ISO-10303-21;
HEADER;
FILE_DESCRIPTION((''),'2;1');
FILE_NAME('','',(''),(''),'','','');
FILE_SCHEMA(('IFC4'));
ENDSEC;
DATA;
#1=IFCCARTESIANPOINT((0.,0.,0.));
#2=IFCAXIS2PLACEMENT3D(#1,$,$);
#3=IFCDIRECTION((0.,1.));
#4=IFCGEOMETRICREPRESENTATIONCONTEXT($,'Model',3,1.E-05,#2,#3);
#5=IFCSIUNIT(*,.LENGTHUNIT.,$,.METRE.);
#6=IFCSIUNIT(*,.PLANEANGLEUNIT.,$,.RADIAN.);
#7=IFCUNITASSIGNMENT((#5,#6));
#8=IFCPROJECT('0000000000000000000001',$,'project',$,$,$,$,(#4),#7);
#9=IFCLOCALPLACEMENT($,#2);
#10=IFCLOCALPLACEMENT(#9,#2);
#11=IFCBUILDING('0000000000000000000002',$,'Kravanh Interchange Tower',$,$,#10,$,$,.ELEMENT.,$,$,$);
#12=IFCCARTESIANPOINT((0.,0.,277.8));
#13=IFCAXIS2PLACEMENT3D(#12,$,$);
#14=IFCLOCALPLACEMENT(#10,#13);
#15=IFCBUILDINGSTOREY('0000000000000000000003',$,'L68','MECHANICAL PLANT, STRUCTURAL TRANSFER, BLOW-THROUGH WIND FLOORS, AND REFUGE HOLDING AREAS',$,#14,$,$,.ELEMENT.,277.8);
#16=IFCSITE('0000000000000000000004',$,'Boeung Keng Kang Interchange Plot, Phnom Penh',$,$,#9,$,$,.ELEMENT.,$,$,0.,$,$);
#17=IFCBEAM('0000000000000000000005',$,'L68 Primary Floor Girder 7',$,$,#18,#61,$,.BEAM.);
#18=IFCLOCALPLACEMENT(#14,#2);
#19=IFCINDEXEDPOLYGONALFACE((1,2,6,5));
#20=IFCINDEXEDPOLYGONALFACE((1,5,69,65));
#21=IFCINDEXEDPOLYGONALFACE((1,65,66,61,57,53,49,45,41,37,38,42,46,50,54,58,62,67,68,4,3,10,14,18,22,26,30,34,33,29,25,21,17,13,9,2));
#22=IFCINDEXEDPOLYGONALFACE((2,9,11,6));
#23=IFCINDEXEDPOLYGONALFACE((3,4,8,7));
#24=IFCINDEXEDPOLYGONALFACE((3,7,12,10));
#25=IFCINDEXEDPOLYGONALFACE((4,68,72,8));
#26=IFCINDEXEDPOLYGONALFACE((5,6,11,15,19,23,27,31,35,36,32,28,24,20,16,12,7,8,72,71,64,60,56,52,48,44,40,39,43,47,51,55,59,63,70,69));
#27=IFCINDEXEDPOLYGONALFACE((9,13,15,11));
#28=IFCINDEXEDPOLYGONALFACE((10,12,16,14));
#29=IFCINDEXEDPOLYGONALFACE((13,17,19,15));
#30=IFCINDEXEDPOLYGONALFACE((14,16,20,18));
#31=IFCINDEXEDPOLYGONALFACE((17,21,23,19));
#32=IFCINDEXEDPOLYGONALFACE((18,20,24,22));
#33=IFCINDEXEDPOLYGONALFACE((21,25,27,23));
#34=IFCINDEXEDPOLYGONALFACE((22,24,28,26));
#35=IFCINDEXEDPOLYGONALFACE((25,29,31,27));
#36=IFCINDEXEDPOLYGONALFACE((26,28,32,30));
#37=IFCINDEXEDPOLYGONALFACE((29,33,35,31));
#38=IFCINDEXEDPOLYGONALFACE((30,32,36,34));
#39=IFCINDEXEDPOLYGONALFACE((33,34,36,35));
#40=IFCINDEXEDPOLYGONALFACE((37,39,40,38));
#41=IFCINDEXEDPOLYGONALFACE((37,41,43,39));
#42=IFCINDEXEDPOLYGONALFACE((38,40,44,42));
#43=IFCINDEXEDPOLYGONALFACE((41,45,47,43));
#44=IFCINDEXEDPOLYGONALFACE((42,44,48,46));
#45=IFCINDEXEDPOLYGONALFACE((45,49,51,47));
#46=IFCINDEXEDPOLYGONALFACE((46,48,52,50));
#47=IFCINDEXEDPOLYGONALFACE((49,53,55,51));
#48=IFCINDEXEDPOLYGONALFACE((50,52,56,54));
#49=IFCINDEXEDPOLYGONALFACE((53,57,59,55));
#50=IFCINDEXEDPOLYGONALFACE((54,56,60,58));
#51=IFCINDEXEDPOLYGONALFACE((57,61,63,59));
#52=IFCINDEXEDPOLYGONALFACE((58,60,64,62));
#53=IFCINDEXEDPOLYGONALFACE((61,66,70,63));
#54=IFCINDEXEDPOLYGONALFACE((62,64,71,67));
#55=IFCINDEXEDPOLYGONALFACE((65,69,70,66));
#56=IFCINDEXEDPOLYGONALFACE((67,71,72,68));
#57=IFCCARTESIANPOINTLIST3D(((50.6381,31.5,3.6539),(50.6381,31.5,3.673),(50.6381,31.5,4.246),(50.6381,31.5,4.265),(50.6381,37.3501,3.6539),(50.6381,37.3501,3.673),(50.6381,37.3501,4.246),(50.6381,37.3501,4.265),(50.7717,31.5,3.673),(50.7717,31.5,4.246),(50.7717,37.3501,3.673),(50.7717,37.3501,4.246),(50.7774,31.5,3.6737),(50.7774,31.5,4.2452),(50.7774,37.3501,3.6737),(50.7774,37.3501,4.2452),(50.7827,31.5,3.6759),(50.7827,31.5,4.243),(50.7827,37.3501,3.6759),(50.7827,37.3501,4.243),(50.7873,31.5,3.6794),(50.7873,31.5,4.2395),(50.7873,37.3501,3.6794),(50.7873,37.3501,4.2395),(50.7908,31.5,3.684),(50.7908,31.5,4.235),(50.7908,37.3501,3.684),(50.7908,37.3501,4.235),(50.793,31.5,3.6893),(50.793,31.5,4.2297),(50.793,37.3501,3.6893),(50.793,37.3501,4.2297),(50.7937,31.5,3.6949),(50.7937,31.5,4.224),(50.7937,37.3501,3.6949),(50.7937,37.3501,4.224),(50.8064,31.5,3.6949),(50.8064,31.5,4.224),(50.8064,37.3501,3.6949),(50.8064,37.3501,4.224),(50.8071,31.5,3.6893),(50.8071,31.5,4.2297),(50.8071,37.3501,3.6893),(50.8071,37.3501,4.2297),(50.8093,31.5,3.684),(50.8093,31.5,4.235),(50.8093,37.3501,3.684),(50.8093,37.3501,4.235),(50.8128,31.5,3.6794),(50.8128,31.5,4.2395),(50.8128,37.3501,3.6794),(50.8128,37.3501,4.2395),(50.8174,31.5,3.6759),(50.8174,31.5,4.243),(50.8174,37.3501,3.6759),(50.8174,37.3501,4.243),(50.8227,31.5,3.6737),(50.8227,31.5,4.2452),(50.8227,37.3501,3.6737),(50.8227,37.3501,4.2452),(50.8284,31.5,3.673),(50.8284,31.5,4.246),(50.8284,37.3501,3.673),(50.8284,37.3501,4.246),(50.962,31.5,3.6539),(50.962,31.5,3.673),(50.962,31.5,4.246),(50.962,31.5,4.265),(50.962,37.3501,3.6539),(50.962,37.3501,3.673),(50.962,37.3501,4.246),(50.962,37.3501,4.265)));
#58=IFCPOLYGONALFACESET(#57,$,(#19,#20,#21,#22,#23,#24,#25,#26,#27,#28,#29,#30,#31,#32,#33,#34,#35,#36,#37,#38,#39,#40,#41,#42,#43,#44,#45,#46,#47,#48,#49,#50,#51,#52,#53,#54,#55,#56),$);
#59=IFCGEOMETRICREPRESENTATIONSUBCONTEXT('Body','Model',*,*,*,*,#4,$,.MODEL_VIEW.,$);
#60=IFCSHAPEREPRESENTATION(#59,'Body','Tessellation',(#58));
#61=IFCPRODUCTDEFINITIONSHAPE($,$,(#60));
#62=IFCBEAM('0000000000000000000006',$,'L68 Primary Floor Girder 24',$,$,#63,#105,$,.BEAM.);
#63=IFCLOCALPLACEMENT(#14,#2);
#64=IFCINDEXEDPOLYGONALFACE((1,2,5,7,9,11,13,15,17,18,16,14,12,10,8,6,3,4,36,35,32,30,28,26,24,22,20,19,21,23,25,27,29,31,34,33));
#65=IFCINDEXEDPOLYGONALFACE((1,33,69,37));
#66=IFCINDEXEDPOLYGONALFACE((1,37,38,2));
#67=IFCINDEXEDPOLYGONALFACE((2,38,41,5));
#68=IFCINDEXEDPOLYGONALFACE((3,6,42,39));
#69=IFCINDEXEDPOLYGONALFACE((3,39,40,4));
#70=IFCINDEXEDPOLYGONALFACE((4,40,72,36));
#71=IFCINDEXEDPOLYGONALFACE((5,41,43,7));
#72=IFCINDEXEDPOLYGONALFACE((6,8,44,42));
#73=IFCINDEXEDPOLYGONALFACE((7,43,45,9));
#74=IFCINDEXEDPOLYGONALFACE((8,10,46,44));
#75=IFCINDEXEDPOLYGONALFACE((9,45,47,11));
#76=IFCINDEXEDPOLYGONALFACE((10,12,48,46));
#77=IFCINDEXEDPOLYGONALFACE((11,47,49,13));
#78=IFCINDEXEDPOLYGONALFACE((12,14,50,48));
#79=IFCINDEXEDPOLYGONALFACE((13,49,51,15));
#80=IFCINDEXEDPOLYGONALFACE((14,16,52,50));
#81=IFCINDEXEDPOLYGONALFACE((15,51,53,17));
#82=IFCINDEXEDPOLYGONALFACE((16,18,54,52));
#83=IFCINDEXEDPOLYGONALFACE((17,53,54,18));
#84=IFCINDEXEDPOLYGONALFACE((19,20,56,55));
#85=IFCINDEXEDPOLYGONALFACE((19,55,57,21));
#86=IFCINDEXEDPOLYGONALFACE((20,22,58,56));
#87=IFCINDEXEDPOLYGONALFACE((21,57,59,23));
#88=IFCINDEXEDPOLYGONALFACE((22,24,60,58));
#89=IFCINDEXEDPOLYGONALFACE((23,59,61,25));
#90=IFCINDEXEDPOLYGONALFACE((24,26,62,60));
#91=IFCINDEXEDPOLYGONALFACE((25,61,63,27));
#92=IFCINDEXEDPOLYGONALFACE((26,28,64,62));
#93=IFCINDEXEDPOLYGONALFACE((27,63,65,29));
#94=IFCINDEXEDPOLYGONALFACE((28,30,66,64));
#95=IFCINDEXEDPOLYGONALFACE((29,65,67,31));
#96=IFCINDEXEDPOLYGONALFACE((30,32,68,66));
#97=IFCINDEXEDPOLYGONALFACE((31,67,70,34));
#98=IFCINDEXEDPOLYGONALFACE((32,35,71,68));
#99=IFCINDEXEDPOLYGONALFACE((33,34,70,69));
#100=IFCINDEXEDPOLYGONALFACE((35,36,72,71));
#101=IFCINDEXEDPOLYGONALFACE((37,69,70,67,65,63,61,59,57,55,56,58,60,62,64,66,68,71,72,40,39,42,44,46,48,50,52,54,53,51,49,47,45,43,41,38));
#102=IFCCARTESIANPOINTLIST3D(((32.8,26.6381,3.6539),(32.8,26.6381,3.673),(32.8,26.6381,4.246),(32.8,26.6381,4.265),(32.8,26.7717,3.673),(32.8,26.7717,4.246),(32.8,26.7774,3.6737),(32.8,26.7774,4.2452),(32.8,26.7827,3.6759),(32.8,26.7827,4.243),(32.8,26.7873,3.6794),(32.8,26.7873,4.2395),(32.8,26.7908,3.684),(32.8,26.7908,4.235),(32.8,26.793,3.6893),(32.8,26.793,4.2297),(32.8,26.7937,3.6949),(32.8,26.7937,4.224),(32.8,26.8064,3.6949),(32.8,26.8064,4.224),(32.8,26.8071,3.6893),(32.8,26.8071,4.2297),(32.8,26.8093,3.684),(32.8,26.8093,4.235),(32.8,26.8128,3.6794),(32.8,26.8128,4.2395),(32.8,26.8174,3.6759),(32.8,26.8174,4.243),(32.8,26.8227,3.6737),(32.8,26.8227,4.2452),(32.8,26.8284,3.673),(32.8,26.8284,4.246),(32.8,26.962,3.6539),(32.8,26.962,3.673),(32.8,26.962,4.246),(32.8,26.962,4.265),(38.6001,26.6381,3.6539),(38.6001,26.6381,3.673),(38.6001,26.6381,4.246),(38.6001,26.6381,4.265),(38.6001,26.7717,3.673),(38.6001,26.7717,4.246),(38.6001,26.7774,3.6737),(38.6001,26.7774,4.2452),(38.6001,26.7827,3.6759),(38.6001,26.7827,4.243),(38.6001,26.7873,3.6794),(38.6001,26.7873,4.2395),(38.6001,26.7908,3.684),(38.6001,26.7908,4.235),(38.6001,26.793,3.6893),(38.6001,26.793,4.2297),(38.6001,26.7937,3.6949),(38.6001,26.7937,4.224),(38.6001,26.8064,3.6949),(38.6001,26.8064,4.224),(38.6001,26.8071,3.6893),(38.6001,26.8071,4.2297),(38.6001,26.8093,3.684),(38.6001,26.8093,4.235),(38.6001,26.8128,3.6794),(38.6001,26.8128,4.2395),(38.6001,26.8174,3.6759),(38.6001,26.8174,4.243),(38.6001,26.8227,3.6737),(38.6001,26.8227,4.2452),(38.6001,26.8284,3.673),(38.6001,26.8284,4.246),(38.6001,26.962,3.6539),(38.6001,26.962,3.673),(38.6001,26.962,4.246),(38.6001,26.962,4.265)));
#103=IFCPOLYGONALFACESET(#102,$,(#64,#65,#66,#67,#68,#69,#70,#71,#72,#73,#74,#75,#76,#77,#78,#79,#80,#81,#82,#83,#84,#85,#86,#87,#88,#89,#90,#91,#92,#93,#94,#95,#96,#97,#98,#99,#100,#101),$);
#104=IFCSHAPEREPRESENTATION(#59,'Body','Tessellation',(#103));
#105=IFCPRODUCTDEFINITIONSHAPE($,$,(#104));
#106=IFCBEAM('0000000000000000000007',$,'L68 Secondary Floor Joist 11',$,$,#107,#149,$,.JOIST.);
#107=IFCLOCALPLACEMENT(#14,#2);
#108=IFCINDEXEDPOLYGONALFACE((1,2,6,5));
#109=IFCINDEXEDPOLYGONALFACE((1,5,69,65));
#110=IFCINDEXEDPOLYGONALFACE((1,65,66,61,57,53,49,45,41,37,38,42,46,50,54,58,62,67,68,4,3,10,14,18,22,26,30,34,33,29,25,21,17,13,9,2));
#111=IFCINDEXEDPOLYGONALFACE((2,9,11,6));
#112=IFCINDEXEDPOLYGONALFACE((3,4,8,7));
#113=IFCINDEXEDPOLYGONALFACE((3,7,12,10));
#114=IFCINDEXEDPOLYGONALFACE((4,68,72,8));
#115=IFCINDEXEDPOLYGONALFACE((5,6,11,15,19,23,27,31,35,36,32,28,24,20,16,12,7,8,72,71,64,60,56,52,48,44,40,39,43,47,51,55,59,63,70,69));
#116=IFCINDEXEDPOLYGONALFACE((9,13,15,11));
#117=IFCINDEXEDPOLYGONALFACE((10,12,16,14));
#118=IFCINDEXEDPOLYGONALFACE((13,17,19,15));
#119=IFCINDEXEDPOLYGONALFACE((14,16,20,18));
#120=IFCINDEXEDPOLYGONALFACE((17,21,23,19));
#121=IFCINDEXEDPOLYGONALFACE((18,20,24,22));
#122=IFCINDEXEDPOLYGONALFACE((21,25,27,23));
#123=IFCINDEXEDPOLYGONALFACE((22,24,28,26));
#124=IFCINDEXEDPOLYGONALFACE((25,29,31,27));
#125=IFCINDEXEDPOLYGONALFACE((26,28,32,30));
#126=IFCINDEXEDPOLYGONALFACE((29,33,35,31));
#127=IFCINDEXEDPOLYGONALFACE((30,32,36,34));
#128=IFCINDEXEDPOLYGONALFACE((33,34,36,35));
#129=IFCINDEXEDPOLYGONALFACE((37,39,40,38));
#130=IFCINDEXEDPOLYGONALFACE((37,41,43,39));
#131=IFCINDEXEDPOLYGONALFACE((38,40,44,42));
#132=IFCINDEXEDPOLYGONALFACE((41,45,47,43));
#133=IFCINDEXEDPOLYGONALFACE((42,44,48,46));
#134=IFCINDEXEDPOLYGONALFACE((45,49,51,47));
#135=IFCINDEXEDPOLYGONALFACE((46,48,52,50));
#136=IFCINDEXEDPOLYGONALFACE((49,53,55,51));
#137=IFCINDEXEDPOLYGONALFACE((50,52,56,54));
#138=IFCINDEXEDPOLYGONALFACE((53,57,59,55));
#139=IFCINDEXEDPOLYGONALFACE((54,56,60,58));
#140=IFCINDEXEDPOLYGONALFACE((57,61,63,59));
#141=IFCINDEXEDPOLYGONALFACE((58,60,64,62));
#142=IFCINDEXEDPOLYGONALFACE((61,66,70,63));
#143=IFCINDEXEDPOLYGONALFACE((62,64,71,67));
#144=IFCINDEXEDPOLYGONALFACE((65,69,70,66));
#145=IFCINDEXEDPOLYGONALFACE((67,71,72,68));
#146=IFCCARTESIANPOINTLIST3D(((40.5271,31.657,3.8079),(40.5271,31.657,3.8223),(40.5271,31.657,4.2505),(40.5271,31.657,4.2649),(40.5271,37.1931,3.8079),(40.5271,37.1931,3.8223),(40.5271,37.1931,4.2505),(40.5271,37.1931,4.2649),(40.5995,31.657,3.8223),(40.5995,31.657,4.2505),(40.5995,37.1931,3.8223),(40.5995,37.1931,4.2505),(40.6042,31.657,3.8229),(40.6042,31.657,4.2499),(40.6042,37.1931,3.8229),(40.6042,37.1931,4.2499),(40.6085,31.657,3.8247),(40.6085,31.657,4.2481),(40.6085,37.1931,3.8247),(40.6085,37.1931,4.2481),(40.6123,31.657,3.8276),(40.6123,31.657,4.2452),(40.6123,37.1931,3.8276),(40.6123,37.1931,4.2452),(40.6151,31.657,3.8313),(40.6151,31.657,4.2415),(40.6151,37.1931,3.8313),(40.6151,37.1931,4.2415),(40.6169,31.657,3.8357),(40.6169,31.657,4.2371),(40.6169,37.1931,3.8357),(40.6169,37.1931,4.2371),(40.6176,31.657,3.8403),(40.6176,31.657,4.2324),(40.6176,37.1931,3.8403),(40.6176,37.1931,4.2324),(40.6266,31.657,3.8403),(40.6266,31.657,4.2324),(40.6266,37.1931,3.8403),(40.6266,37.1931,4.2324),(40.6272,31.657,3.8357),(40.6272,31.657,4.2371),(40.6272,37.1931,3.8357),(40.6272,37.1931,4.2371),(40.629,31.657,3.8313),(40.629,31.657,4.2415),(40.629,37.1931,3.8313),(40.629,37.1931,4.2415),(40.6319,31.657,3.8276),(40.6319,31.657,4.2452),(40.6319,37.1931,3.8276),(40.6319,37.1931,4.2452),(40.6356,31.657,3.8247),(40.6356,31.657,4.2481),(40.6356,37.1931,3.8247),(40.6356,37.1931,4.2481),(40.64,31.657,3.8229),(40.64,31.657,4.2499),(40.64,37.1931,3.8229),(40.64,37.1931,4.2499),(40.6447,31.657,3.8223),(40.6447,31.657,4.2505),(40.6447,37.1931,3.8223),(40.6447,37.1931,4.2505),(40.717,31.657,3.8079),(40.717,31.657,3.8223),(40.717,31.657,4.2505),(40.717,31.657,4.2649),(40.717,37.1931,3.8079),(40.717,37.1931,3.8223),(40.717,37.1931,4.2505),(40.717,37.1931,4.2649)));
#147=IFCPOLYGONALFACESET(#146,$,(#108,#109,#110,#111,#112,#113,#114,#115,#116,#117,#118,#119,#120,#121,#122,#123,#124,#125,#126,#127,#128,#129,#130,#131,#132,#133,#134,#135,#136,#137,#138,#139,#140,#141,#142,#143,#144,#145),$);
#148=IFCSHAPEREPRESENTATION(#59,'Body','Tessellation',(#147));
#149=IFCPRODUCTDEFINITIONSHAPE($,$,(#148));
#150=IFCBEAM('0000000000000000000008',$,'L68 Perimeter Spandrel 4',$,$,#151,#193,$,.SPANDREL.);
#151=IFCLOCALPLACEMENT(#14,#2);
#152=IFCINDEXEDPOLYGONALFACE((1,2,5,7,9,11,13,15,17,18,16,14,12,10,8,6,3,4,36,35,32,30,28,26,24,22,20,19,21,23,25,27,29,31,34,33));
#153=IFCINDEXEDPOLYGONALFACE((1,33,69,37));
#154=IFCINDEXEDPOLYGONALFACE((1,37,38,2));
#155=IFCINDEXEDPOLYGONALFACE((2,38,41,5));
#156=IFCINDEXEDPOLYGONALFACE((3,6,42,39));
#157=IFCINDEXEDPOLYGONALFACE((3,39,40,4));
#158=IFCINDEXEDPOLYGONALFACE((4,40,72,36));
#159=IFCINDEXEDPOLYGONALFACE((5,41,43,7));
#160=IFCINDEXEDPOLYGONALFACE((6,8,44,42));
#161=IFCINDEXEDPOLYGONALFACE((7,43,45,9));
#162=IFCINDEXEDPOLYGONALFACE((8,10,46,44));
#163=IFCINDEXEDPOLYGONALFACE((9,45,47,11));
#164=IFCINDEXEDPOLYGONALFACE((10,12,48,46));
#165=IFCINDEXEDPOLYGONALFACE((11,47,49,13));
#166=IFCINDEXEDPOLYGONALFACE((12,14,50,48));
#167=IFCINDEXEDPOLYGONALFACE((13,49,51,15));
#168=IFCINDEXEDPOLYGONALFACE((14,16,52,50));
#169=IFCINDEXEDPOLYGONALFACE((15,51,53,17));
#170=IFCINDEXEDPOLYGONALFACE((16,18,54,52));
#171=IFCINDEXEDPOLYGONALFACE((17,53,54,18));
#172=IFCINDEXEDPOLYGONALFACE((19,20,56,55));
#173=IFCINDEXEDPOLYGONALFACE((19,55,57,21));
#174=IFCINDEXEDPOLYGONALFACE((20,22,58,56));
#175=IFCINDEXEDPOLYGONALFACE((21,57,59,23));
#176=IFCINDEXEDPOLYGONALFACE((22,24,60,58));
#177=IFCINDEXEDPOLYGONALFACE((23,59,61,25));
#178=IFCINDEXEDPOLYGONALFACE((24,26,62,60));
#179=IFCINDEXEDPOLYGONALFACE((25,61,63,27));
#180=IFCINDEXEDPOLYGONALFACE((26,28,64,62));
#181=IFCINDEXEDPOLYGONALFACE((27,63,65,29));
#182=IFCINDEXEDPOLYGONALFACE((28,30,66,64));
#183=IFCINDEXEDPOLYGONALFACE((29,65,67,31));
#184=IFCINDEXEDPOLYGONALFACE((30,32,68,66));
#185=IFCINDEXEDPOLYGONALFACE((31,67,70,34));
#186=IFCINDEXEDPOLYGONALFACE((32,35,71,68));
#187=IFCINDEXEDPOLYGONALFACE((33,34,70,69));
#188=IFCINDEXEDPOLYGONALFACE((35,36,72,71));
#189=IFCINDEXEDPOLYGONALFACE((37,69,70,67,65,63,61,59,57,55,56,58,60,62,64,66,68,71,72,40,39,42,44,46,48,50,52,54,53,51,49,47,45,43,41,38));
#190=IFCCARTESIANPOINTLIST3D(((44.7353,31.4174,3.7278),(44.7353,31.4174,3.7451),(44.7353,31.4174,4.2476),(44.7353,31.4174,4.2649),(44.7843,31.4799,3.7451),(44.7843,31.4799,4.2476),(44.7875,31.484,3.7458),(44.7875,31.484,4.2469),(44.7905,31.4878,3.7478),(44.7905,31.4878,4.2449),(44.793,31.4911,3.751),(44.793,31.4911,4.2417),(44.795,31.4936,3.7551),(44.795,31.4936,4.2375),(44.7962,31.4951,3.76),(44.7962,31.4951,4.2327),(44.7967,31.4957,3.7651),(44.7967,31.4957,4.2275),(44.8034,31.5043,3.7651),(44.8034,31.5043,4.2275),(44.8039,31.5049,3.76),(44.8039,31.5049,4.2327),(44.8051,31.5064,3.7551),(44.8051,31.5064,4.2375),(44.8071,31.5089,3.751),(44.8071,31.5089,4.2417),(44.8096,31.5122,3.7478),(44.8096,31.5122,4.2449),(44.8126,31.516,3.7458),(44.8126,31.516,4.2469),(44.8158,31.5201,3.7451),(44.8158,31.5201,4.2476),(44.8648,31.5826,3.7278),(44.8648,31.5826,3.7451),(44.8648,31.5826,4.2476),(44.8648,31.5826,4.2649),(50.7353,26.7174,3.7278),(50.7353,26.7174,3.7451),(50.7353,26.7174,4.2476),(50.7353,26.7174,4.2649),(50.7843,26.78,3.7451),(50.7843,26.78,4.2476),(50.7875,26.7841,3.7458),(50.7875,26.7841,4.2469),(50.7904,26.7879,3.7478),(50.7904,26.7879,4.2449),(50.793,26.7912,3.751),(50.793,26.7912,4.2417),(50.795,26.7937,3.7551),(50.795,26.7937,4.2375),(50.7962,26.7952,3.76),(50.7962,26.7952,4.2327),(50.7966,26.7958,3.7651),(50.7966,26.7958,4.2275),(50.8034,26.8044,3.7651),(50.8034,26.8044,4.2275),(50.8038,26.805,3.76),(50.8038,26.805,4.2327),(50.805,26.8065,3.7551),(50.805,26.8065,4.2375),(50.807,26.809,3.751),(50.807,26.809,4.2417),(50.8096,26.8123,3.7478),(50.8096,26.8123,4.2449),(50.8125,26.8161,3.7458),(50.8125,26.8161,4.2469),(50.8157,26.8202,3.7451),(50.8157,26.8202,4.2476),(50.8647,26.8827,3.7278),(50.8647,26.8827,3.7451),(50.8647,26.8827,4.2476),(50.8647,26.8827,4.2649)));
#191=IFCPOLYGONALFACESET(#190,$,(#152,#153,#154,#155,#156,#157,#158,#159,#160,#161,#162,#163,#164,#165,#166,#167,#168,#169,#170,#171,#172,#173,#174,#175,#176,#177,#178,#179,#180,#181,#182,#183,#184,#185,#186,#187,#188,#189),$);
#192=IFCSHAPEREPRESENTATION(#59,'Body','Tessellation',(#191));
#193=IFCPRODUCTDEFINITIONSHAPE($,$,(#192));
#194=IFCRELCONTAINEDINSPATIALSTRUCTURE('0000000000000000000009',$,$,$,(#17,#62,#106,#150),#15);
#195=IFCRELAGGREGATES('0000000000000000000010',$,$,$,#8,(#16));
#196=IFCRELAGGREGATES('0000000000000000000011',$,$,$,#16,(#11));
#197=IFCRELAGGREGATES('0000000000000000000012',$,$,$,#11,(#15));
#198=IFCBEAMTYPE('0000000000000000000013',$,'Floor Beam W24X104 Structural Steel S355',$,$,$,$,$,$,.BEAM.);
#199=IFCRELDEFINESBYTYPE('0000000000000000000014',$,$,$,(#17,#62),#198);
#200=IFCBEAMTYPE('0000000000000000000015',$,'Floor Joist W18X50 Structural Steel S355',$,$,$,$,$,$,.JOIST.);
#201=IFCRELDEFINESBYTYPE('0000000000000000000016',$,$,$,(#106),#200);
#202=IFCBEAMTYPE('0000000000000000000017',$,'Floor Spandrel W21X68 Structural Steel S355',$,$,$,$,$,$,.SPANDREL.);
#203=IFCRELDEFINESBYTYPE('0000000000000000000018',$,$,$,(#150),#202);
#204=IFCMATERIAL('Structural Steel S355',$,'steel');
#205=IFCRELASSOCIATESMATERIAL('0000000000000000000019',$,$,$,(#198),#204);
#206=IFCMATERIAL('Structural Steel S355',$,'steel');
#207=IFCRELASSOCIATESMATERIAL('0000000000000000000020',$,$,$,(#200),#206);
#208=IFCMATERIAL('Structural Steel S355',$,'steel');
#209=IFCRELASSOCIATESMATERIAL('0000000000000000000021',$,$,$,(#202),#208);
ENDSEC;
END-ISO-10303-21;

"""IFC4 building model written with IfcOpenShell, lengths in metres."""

from ifc_helpers import new_model, si_unit, direction, frame, origin, origin_2d, place, context, subcontext, project, spatial, i_section, extrude, material, material_profile, profile_set, type_object, element, save


model = new_model("IFC4")

# Units and contexts
model_context = context("Model", 3, precision=1e-05, world=origin(), true_north=direction((0.0, 1.0)))
body_context = subcontext(model_context, "Body", "Model", "MODEL_VIEW")
ifc_project = project(units=[si_unit("LENGTHUNIT", "METRE"), si_unit("PLANEANGLEUNIT", "RADIAN")], contexts=[model_context])

# Site, building, storey
site_placement = place(None, origin())
site = spatial("IfcSite", under=ifc_project, at=site_placement, Name="Boeung Keng Kang Interchange Plot, Phnom Penh", CompositionType="ELEMENT", RefElevation=0.0)
building_placement = place(site_placement, origin())
building = spatial("IfcBuilding", under=site, at=building_placement, Name="Kravanh Interchange Tower", CompositionType="ELEMENT")
storey_placement = place(building_placement, frame((0.0, 0.0, 277.8)))
storey = spatial("IfcBuildingStorey", under=building, at=storey_placement, Name="L68", Description="MECHANICAL PLANT, STRUCTURAL TRANSFER, BLOW-THROUGH WIND FLOORS, AND REFUGE HOLDING AREAS", CompositionType="ELEMENT", Elevation=277.8)

# Beams
ifc_material_1 = material(Name="Structural Steel S355", Category="steel")
ifc_material_profile_1 = material_profile(ifc_material_1, i_section(OverallWidth=0.324, OverallDepth=0.6111, WebThickness=0.0127, FlangeThickness=0.019, FilletRadius=0.022, at=origin_2d()), Name="W24X104")
ifc_profile_set_1 = profile_set([ifc_material_profile_1], Name="Structural Steel S355")
beam_type_1 = type_object("IfcBeamType", Name="Floor Beam W24X104 Structural Steel S355", PredefinedType="BEAM", material=ifc_profile_set_1)
beam_1_placement = place(storey_placement, frame((50.8, 31.5, 3.9595), z_axis=(0.0, 1.0, 0.0), x_axis=(-1.0, 0.0, 0.0)))
element("IfcBeam", 1, at=beam_1_placement, inside=storey, type_object=beam_type_1, Name="L68 Primary Floor Girder 7", PredefinedType="BEAM", context=body_context, shape_type="SweptSolid", body=[
    extrude(i_section(OverallWidth=0.324, OverallDepth=0.6111, WebThickness=0.0127, FlangeThickness=0.019, FilletRadius=0.022, at=origin_2d()), origin(), (0.0, 0.0, 1.0), 5.8501),
])
beam_2_placement = place(storey_placement, frame((38.6001, 26.8, 3.9595), z_axis=(-1.0, 0.0, 0.0), x_axis=(0.0, -1.0, 0.0)))
element("IfcBeam", 2, at=beam_2_placement, inside=storey, type_object=beam_type_1, Name="L68 Primary Floor Girder 24", PredefinedType="BEAM", context=body_context, shape_type="SweptSolid", body=[
    extrude(i_section(OverallWidth=0.324, OverallDepth=0.6111, WebThickness=0.0127, FlangeThickness=0.019, FilletRadius=0.022, at=origin_2d()), origin(), (0.0, 0.0, 1.0), 5.8),
])
ifc_material_2 = material(Name="Structural Steel S355", Category="steel")
ifc_material_profile_2 = material_profile(ifc_material_2, i_section(OverallWidth=0.1899, OverallDepth=0.457, WebThickness=0.009, FlangeThickness=0.0144, FilletRadius=0.0181, at=origin_2d()), Name="W18X50")
ifc_profile_set_2 = profile_set([ifc_material_profile_2], Name="Structural Steel S355")
beam_type_2 = type_object("IfcBeamType", Name="Floor Joist W18X50 Structural Steel S355", PredefinedType="JOIST", material=ifc_profile_set_2)
beam_3_placement = place(storey_placement, frame((40.6221, 31.657, 4.0364), z_axis=(0.0, 1.0, 0.0), x_axis=(-1.0, 0.0, 0.0)))
element("IfcBeam", 3, at=beam_3_placement, inside=storey, type_object=beam_type_2, Name="L68 Secondary Floor Joist 11", PredefinedType="JOIST", context=body_context, shape_type="SweptSolid", body=[
    extrude(i_section(OverallWidth=0.1899, OverallDepth=0.457, WebThickness=0.009, FlangeThickness=0.0144, FilletRadius=0.0181, at=origin_2d()), origin(), (0.0, 0.0, 1.0), 5.5361),
])
ifc_material_3 = material(Name="Structural Steel S355", Category="steel")
ifc_material_profile_3 = material_profile(ifc_material_3, i_section(OverallWidth=0.21, OverallDepth=0.5371, WebThickness=0.011, FlangeThickness=0.0173, FilletRadius=0.02, at=origin_2d()), Name="W21X68")
ifc_profile_set_3 = profile_set([ifc_material_profile_3], Name="Structural Steel S355")
beam_type_3 = type_object("IfcBeamType", Name="Floor Spandrel W21X68 Structural Steel S355", PredefinedType="SPANDREL", material=ifc_profile_set_3)
beam_4_placement = place(storey_placement, frame((44.8, 31.5, 3.9963), z_axis=(0.787231, -0.616658, 0.0), x_axis=(0.616658, 0.787231, 0.0)))
element("IfcBeam", 4, at=beam_4_placement, inside=storey, type_object=beam_type_3, Name="L68 Perimeter Spandrel 4", PredefinedType="SPANDREL", context=body_context, shape_type="SweptSolid", body=[
    extrude(i_section(OverallWidth=0.21, OverallDepth=0.5371, WebThickness=0.011, FlangeThickness=0.0173, FilletRadius=0.02, at=origin_2d()), origin(), (0.0, 0.0, 1.0), 7.6216),
])

save(model, "model.ifc")
